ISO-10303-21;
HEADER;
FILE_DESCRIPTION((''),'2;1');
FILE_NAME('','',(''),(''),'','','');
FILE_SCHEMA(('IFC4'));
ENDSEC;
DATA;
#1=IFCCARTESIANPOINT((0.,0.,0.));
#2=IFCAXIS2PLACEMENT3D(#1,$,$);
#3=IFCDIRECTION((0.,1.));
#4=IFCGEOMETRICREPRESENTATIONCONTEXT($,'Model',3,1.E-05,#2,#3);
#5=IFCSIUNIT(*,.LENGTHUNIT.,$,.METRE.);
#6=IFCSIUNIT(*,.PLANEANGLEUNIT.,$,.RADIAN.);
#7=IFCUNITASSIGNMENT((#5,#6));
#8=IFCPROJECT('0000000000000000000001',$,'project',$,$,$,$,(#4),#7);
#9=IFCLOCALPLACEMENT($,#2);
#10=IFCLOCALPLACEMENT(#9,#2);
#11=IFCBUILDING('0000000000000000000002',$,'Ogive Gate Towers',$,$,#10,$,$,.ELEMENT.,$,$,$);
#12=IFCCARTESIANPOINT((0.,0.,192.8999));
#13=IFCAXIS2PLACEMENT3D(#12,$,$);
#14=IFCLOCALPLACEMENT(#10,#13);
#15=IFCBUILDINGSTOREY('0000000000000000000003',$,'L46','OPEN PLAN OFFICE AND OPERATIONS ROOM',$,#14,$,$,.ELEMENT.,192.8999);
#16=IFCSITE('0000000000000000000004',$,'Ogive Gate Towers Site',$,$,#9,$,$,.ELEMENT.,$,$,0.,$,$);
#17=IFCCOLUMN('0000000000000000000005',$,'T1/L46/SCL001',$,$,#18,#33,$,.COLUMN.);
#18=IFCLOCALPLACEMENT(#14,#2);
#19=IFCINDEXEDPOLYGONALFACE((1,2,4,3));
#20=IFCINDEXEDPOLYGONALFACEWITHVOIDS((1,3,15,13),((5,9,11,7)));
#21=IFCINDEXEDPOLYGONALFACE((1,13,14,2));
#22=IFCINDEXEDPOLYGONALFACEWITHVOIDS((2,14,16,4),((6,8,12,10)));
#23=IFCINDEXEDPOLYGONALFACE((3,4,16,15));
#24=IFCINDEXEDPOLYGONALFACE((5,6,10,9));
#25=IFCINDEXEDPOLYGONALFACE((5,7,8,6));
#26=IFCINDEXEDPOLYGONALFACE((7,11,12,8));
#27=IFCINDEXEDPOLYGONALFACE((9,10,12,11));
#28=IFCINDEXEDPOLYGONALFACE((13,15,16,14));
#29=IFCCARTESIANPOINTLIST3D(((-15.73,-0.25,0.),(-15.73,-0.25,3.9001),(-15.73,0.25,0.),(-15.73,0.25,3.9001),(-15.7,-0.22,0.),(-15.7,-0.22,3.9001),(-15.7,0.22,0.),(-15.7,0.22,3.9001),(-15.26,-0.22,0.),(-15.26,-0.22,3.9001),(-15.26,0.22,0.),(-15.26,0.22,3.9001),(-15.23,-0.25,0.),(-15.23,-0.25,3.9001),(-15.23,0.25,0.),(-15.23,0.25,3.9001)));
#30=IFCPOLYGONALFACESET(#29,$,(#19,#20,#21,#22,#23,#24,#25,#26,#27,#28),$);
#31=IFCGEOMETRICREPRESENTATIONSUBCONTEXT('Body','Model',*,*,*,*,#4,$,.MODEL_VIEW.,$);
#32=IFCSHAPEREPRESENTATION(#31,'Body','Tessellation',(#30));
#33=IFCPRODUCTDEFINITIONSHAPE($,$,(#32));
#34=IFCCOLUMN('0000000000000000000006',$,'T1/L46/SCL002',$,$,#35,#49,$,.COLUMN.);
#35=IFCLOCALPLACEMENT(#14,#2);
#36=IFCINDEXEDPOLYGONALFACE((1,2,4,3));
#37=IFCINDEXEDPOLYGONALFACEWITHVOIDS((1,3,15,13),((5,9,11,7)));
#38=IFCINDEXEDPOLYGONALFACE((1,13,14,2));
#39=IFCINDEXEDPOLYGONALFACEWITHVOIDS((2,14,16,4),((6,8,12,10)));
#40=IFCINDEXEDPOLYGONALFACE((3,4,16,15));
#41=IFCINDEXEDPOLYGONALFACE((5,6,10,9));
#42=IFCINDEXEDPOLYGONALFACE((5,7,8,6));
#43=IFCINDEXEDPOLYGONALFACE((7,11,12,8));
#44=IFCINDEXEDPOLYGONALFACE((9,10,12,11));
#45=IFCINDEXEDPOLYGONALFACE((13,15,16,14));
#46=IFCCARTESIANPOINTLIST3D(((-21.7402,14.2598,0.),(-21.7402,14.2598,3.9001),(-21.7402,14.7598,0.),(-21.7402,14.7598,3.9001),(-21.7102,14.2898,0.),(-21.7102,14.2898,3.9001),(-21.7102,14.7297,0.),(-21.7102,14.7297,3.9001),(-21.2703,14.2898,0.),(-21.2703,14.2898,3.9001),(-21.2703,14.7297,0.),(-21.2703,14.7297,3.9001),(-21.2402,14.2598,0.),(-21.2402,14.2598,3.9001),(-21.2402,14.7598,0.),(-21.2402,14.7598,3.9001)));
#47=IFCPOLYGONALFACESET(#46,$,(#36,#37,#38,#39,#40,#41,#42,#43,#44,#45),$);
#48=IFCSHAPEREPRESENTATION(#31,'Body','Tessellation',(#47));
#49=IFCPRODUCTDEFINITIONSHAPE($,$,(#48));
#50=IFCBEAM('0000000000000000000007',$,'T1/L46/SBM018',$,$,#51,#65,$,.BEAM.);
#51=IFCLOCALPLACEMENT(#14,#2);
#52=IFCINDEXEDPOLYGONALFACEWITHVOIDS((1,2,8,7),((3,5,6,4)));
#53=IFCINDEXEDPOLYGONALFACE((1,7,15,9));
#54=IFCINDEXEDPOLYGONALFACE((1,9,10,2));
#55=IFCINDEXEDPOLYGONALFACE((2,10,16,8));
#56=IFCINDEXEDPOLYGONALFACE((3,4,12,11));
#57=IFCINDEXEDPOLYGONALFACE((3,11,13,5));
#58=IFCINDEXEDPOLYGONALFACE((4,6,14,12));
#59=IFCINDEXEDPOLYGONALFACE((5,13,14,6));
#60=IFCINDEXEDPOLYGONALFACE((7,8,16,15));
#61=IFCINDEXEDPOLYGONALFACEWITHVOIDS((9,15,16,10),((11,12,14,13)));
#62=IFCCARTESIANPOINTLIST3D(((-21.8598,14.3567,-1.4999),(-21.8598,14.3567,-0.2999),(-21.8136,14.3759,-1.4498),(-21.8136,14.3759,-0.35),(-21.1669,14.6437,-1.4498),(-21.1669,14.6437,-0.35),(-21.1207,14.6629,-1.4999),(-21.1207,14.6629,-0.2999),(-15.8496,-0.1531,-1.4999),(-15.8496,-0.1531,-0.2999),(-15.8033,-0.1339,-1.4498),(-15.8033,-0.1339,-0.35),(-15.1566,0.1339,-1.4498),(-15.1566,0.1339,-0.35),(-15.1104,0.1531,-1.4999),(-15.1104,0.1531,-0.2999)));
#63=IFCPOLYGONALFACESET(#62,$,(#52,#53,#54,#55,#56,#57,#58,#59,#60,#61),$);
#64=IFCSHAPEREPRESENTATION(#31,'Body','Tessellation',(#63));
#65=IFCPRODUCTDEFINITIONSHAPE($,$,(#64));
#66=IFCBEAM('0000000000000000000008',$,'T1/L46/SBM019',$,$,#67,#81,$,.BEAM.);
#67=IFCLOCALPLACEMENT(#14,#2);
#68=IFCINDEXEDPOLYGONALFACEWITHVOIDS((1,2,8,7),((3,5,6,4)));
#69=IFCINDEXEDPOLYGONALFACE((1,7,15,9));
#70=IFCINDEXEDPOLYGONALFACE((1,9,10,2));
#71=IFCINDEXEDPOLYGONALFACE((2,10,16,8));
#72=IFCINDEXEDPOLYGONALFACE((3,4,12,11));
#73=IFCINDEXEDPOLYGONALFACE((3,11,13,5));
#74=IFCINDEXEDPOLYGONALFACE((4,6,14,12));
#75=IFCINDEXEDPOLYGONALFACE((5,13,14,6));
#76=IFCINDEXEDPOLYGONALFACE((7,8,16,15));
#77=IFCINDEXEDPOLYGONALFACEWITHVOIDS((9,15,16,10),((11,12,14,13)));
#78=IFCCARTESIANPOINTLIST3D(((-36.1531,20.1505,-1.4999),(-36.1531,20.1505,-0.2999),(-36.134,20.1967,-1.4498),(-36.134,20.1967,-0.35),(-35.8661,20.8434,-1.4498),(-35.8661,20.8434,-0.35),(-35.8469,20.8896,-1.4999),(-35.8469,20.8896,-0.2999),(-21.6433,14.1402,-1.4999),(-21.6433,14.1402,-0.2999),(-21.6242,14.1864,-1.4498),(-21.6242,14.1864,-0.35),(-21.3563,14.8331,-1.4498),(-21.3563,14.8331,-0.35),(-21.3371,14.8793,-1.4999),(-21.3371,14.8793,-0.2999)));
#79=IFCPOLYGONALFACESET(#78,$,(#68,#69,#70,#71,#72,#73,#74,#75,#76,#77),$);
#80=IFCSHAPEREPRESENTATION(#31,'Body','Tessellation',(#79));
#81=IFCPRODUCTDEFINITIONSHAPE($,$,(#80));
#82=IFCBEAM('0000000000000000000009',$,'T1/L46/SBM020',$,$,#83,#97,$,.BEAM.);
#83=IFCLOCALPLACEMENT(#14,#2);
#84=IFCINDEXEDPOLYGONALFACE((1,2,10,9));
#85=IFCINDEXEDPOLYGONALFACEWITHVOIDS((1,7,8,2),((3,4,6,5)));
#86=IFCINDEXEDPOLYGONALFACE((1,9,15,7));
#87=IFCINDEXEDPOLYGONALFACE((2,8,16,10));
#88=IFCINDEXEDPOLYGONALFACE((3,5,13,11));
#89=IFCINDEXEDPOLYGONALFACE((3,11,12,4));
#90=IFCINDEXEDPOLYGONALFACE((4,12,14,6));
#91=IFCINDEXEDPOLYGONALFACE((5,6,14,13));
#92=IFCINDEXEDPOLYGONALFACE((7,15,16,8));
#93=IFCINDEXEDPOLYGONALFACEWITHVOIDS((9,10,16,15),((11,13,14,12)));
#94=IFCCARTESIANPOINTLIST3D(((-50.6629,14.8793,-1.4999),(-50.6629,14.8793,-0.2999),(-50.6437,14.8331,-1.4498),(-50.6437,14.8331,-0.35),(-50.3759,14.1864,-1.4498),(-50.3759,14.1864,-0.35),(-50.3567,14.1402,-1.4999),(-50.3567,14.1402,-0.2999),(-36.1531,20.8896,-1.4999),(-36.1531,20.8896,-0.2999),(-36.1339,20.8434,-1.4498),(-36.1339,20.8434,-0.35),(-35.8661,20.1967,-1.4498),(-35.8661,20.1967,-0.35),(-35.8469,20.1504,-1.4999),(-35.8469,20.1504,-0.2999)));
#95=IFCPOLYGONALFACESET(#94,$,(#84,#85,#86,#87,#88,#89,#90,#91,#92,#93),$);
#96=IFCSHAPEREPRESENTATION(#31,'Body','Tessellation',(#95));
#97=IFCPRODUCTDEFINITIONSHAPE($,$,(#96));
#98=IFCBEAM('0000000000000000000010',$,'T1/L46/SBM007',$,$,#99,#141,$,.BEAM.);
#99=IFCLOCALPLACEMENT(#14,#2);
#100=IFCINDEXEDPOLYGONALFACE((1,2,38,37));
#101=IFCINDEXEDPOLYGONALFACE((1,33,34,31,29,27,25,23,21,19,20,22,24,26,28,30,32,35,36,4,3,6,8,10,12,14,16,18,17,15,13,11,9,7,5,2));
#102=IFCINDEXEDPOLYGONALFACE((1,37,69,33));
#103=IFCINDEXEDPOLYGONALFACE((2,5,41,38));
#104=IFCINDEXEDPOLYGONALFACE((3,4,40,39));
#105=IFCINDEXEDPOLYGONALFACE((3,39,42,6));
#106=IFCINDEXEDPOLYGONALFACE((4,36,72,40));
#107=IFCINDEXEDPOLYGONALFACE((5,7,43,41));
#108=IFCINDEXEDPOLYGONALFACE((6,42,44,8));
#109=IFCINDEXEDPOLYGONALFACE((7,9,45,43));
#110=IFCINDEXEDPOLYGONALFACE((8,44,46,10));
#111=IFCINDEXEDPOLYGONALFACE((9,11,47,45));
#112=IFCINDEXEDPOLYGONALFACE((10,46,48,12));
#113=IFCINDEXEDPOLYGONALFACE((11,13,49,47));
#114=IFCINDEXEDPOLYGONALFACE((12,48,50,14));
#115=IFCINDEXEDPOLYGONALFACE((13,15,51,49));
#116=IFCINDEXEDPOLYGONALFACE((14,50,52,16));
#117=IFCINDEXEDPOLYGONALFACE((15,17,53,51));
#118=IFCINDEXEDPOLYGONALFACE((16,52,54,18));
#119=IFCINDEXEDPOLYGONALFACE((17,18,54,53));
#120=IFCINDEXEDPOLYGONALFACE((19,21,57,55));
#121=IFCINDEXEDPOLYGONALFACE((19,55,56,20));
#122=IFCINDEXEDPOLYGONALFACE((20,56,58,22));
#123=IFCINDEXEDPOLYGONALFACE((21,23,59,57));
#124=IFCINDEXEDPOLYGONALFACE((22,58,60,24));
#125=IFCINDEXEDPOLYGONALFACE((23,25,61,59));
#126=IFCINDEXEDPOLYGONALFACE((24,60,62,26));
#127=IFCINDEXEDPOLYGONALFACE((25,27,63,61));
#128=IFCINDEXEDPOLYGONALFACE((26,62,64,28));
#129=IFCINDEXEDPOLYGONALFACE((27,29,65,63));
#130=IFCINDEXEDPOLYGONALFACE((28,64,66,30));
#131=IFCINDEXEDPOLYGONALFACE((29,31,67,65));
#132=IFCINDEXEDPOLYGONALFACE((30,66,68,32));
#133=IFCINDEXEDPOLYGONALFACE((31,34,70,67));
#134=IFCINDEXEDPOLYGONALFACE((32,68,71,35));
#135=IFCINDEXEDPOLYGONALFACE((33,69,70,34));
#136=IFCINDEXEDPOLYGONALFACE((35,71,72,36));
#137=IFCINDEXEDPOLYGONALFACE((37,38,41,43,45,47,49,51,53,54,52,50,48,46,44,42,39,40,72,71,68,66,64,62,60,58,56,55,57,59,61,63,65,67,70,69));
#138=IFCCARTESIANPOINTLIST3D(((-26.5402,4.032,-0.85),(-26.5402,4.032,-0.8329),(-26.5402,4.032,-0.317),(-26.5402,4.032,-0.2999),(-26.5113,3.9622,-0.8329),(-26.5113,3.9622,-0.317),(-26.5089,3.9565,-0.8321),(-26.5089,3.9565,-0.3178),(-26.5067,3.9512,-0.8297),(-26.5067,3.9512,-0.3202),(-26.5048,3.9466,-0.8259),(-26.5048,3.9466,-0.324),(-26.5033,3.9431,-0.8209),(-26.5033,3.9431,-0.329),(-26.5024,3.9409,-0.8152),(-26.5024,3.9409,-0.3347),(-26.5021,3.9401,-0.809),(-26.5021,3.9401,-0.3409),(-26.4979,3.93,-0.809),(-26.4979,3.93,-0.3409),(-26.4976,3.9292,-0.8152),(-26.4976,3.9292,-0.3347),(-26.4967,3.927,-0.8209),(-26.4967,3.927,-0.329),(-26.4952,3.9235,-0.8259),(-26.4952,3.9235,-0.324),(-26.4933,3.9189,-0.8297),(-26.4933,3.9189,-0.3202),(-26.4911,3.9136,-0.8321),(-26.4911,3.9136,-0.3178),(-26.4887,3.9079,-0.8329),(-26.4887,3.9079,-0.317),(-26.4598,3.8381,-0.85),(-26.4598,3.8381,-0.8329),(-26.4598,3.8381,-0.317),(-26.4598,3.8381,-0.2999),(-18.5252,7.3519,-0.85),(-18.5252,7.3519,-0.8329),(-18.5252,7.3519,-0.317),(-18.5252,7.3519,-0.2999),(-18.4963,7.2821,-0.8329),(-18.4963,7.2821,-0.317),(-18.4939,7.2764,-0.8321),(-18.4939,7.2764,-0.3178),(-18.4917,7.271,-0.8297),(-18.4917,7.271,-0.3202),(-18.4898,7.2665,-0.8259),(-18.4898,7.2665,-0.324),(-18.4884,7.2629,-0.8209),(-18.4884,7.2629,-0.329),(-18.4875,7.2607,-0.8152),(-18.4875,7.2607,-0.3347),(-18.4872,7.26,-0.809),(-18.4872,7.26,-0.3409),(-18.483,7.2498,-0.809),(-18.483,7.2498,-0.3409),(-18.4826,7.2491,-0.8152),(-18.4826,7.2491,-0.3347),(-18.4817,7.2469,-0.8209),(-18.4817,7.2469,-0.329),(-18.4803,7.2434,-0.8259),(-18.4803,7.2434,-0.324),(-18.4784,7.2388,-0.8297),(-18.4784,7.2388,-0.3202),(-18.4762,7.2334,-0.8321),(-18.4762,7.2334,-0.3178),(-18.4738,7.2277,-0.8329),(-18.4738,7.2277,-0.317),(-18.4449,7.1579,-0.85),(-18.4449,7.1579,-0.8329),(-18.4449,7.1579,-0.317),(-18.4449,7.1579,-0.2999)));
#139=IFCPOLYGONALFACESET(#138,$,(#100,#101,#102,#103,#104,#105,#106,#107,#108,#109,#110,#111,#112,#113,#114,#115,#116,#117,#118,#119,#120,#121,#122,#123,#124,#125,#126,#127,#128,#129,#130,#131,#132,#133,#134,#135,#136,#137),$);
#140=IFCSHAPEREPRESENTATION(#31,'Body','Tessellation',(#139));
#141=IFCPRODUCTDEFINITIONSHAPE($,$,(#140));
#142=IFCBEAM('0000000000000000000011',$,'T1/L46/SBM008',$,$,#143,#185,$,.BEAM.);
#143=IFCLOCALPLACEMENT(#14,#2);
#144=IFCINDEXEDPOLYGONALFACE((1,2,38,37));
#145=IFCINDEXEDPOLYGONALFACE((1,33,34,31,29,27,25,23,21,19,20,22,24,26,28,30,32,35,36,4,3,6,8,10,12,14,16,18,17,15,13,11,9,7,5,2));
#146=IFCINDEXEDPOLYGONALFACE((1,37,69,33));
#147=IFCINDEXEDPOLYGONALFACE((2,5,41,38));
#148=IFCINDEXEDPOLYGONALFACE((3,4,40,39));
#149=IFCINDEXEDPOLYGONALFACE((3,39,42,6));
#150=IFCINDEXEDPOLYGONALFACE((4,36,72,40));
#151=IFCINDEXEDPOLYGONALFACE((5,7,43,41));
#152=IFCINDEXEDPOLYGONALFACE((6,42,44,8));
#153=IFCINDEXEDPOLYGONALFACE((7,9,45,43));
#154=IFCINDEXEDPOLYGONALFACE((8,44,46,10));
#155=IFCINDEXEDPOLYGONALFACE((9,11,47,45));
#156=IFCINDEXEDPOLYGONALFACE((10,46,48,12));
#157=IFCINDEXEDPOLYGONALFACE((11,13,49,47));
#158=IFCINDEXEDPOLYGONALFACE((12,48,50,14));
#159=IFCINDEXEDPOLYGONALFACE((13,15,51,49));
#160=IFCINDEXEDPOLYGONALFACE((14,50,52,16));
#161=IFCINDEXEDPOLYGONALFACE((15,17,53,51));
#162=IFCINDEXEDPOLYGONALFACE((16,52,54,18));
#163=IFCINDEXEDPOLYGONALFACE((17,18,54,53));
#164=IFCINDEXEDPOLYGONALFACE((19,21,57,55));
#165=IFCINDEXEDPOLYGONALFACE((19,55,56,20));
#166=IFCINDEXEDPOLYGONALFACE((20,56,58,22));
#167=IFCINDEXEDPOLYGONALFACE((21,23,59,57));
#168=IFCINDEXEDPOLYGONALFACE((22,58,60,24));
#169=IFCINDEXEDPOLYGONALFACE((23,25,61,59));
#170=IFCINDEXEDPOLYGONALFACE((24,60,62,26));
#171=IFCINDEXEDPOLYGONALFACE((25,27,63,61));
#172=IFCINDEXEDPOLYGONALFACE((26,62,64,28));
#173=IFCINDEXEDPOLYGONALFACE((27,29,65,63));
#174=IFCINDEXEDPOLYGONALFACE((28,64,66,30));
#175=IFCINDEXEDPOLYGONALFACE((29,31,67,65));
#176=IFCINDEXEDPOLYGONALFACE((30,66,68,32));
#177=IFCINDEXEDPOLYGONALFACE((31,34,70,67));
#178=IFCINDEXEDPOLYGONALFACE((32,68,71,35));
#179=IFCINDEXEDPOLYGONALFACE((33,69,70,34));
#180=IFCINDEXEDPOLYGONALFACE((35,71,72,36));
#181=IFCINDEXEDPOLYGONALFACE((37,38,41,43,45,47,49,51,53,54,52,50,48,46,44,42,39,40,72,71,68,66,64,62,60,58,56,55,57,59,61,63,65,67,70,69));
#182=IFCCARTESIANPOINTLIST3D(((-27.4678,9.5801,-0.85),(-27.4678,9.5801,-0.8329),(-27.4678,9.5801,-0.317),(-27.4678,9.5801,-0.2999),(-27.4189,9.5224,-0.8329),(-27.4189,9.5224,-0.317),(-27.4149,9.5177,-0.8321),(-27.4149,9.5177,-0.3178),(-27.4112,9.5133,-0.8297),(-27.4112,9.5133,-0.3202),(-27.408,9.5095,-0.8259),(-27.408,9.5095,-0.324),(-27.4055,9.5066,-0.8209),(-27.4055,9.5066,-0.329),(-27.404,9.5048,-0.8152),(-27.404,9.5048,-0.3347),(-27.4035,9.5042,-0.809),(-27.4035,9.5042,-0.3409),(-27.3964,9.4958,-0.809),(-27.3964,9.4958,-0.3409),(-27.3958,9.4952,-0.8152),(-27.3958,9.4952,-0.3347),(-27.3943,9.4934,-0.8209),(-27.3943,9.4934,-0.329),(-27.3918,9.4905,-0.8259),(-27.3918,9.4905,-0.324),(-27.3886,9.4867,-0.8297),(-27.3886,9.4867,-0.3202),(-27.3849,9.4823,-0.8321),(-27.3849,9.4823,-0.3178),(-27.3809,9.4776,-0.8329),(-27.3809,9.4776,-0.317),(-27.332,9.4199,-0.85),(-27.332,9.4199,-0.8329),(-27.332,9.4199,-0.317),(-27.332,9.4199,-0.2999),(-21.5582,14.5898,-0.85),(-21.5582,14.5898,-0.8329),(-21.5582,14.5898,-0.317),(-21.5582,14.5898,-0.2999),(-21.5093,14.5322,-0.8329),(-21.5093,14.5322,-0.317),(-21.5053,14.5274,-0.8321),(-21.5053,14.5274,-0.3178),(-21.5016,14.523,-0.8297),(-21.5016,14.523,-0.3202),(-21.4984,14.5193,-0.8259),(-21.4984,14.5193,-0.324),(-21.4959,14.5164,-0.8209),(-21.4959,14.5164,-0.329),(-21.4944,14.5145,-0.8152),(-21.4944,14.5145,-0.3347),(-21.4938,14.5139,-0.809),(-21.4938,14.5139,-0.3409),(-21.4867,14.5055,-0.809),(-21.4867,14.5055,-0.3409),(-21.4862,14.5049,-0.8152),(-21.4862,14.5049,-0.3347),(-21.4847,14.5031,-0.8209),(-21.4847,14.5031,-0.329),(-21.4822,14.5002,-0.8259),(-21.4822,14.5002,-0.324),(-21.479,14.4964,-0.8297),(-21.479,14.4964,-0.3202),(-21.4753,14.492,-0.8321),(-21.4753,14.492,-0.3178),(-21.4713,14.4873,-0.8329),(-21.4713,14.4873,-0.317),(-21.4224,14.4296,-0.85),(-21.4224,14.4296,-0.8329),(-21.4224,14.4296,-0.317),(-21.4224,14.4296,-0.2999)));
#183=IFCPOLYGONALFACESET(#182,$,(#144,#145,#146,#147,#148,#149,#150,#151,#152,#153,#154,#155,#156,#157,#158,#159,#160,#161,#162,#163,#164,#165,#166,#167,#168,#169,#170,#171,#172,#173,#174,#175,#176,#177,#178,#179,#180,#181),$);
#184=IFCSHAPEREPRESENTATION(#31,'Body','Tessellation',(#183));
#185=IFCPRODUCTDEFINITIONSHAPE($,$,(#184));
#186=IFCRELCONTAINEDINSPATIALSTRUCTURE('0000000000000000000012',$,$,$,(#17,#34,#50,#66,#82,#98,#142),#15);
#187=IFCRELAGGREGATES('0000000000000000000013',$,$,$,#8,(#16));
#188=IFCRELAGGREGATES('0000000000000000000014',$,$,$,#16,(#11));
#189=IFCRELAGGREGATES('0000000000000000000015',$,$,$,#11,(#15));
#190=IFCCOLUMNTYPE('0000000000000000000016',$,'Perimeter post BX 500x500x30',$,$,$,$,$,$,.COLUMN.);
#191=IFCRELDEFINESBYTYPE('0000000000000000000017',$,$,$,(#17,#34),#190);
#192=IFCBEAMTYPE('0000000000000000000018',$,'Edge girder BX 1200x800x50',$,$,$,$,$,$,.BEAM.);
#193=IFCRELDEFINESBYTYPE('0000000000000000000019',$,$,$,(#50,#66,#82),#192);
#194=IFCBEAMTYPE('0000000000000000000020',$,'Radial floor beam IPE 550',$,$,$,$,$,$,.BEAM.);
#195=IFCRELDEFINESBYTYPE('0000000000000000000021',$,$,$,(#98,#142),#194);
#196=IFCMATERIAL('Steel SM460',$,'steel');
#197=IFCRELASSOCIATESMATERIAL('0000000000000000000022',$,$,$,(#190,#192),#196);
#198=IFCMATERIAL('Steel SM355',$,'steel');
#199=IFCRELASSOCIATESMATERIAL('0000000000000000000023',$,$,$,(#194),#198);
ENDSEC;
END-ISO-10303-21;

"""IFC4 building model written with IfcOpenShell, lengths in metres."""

from ifc_helpers import new_model, si_unit, direction, frame, origin, origin_2d, place, context, subcontext, project, spatial, hollow_rectangle, i_section, extrude, material, material_profile, profile_set, type_object, element, save


model = new_model("IFC4")

# Units and contexts
model_context = context("Model", 3, precision=1e-05, world=origin(), true_north=direction((0.0, 1.0)))
body_context = subcontext(model_context, "Body", "Model", "MODEL_VIEW")
ifc_project = project(units=[si_unit("LENGTHUNIT", "METRE"), si_unit("PLANEANGLEUNIT", "RADIAN")], contexts=[model_context])

# Site, building, storey
site_placement = place(None, origin())
site = spatial("IfcSite", under=ifc_project, at=site_placement, Name="Ogive Gate Towers Site", CompositionType="ELEMENT", RefElevation=0.0)
building_placement = place(site_placement, origin())
building = spatial("IfcBuilding", under=site, at=building_placement, Name="Ogive Gate Towers", CompositionType="ELEMENT")
storey_placement = place(building_placement, frame((0.0, 0.0, 192.8999)))
storey = spatial("IfcBuildingStorey", under=building, at=storey_placement, Name="L46", Description="OPEN PLAN OFFICE AND OPERATIONS ROOM", CompositionType="ELEMENT", Elevation=192.8999)

# Columns
ifc_material_1 = material(Name="Steel SM460", Category="steel")
ifc_material_profile_1 = material_profile(ifc_material_1, hollow_rectangle(XDim=0.5, YDim=0.5, WallThickness=0.03, at=origin_2d()), Name="BX 500x500x30")
ifc_profile_set_1 = profile_set([ifc_material_profile_1], Name="Steel SM460")
column_type = type_object("IfcColumnType", Name="Perimeter post BX 500x500x30", PredefinedType="COLUMN", material=ifc_profile_set_1)
for number, where, z_axis, x_axis, name in (
    (1, (-15.48, 0.0, 0.0), (0.0, 0.0, 1.0), (1.0, 0.0, 0.0), "T1/L46/SCL001"),
    (2, (-21.4902, 14.5098, 0.0), (0.0, 0.0, 1.0), (1.0, 0.0, 0.0), "T1/L46/SCL002"),
):
    element("IfcColumn", number, at=place(storey_placement, frame(where, z_axis=z_axis, x_axis=x_axis)), inside=storey, type_object=column_type, Name=name, PredefinedType="COLUMN", context=body_context, shape_type="SweptSolid", body=[
        extrude(hollow_rectangle(XDim=0.5, YDim=0.5, WallThickness=0.03, at=origin_2d()), origin(), (0.0, 0.0, 1.0), 3.9001),
    ])

# Beams
ifc_material_profile_2 = material_profile(ifc_material_1, hollow_rectangle(XDim=0.8, YDim=1.2, WallThickness=0.05, at=origin_2d()), Name="BX 1200x800x50")
ifc_profile_set_2 = profile_set([ifc_material_profile_2], Name="Steel SM460")
beam_type_1 = type_object("IfcBeamType", Name="Edge girder BX 1200x800x50", PredefinedType="BEAM", material=ifc_profile_set_2)
for number, where, z_axis, x_axis, name in (
    (3, (-15.48, 0.0, -0.8999), (-0.38269, 0.923877, 0.0), (-0.923877, -0.38269, 0.0), "T1/L46/SBM018"),
    (4, (-21.4902, 14.5098, -0.8999), (-0.923877, 0.38269, 0.0), (-0.38269, -0.923877, 0.0), "T1/L46/SBM019"),
    (5, (-36.0, 20.52, -0.8999), (-0.923877, -0.38269, 0.0), (0.38269, -0.923877, 0.0), "T1/L46/SBM020"),
):
    element("IfcBeam", number, at=place(storey_placement, frame(where, z_axis=z_axis, x_axis=x_axis)), inside=storey, type_object=beam_type_1, Name=name, PredefinedType="BEAM", context=body_context, shape_type="SweptSolid", body=[
        extrude(hollow_rectangle(XDim=0.8, YDim=1.2, WallThickness=0.05, at=origin_2d()), origin(), (0.0, 0.0, 1.0), 15.7053),
    ])
ifc_material_2 = material(Name="Steel SM355", Category="steel")
ifc_material_profile_3 = material_profile(ifc_material_2, i_section(OverallWidth=0.21, OverallDepth=0.55, WebThickness=0.011, FlangeThickness=0.0171, FilletRadius=0.0239, at=origin_2d()), Name="IPE 550")
ifc_profile_set_3 = profile_set([ifc_material_profile_3], Name="Steel SM355")
beam_type_2 = type_object("IfcBeamType", Name="Radial floor beam IPE 550", PredefinedType="BEAM", material=ifc_profile_set_3)
beam_1_placement = place(storey_placement, frame((-26.5, 3.9351, -0.575), z_axis=(0.923882, 0.382678, 0.0), x_axis=(-0.382678, 0.923882, 0.0)))
element("IfcBeam", 6, at=beam_1_placement, inside=storey, type_object=beam_type_2, Name="T1/L46/SBM007", PredefinedType="BEAM", context=body_context, shape_type="SweptSolid", body=[
    extrude(i_section(OverallWidth=0.21, OverallDepth=0.55, WebThickness=0.011, FlangeThickness=0.0171, FilletRadius=0.0239, at=origin_2d()), origin(), (0.0, 0.0, 1.0), 8.6753),
])
beam_2_placement = place(storey_placement, frame((-27.3999, 9.5, -0.575), z_axis=(0.762795, 0.64664, 0.0), x_axis=(-0.64664, 0.762795, 0.0)))
element("IfcBeam", 7, at=beam_2_placement, inside=storey, type_object=beam_type_2, Name="T1/L46/SBM008", PredefinedType="BEAM", context=body_context, shape_type="SweptSolid", body=[
    extrude(i_section(OverallWidth=0.21, OverallDepth=0.55, WebThickness=0.011, FlangeThickness=0.0171, FilletRadius=0.0239, at=origin_2d()), origin(), (0.0, 0.0, 1.0), 7.7473),
])

save(model, "model.ifc")
